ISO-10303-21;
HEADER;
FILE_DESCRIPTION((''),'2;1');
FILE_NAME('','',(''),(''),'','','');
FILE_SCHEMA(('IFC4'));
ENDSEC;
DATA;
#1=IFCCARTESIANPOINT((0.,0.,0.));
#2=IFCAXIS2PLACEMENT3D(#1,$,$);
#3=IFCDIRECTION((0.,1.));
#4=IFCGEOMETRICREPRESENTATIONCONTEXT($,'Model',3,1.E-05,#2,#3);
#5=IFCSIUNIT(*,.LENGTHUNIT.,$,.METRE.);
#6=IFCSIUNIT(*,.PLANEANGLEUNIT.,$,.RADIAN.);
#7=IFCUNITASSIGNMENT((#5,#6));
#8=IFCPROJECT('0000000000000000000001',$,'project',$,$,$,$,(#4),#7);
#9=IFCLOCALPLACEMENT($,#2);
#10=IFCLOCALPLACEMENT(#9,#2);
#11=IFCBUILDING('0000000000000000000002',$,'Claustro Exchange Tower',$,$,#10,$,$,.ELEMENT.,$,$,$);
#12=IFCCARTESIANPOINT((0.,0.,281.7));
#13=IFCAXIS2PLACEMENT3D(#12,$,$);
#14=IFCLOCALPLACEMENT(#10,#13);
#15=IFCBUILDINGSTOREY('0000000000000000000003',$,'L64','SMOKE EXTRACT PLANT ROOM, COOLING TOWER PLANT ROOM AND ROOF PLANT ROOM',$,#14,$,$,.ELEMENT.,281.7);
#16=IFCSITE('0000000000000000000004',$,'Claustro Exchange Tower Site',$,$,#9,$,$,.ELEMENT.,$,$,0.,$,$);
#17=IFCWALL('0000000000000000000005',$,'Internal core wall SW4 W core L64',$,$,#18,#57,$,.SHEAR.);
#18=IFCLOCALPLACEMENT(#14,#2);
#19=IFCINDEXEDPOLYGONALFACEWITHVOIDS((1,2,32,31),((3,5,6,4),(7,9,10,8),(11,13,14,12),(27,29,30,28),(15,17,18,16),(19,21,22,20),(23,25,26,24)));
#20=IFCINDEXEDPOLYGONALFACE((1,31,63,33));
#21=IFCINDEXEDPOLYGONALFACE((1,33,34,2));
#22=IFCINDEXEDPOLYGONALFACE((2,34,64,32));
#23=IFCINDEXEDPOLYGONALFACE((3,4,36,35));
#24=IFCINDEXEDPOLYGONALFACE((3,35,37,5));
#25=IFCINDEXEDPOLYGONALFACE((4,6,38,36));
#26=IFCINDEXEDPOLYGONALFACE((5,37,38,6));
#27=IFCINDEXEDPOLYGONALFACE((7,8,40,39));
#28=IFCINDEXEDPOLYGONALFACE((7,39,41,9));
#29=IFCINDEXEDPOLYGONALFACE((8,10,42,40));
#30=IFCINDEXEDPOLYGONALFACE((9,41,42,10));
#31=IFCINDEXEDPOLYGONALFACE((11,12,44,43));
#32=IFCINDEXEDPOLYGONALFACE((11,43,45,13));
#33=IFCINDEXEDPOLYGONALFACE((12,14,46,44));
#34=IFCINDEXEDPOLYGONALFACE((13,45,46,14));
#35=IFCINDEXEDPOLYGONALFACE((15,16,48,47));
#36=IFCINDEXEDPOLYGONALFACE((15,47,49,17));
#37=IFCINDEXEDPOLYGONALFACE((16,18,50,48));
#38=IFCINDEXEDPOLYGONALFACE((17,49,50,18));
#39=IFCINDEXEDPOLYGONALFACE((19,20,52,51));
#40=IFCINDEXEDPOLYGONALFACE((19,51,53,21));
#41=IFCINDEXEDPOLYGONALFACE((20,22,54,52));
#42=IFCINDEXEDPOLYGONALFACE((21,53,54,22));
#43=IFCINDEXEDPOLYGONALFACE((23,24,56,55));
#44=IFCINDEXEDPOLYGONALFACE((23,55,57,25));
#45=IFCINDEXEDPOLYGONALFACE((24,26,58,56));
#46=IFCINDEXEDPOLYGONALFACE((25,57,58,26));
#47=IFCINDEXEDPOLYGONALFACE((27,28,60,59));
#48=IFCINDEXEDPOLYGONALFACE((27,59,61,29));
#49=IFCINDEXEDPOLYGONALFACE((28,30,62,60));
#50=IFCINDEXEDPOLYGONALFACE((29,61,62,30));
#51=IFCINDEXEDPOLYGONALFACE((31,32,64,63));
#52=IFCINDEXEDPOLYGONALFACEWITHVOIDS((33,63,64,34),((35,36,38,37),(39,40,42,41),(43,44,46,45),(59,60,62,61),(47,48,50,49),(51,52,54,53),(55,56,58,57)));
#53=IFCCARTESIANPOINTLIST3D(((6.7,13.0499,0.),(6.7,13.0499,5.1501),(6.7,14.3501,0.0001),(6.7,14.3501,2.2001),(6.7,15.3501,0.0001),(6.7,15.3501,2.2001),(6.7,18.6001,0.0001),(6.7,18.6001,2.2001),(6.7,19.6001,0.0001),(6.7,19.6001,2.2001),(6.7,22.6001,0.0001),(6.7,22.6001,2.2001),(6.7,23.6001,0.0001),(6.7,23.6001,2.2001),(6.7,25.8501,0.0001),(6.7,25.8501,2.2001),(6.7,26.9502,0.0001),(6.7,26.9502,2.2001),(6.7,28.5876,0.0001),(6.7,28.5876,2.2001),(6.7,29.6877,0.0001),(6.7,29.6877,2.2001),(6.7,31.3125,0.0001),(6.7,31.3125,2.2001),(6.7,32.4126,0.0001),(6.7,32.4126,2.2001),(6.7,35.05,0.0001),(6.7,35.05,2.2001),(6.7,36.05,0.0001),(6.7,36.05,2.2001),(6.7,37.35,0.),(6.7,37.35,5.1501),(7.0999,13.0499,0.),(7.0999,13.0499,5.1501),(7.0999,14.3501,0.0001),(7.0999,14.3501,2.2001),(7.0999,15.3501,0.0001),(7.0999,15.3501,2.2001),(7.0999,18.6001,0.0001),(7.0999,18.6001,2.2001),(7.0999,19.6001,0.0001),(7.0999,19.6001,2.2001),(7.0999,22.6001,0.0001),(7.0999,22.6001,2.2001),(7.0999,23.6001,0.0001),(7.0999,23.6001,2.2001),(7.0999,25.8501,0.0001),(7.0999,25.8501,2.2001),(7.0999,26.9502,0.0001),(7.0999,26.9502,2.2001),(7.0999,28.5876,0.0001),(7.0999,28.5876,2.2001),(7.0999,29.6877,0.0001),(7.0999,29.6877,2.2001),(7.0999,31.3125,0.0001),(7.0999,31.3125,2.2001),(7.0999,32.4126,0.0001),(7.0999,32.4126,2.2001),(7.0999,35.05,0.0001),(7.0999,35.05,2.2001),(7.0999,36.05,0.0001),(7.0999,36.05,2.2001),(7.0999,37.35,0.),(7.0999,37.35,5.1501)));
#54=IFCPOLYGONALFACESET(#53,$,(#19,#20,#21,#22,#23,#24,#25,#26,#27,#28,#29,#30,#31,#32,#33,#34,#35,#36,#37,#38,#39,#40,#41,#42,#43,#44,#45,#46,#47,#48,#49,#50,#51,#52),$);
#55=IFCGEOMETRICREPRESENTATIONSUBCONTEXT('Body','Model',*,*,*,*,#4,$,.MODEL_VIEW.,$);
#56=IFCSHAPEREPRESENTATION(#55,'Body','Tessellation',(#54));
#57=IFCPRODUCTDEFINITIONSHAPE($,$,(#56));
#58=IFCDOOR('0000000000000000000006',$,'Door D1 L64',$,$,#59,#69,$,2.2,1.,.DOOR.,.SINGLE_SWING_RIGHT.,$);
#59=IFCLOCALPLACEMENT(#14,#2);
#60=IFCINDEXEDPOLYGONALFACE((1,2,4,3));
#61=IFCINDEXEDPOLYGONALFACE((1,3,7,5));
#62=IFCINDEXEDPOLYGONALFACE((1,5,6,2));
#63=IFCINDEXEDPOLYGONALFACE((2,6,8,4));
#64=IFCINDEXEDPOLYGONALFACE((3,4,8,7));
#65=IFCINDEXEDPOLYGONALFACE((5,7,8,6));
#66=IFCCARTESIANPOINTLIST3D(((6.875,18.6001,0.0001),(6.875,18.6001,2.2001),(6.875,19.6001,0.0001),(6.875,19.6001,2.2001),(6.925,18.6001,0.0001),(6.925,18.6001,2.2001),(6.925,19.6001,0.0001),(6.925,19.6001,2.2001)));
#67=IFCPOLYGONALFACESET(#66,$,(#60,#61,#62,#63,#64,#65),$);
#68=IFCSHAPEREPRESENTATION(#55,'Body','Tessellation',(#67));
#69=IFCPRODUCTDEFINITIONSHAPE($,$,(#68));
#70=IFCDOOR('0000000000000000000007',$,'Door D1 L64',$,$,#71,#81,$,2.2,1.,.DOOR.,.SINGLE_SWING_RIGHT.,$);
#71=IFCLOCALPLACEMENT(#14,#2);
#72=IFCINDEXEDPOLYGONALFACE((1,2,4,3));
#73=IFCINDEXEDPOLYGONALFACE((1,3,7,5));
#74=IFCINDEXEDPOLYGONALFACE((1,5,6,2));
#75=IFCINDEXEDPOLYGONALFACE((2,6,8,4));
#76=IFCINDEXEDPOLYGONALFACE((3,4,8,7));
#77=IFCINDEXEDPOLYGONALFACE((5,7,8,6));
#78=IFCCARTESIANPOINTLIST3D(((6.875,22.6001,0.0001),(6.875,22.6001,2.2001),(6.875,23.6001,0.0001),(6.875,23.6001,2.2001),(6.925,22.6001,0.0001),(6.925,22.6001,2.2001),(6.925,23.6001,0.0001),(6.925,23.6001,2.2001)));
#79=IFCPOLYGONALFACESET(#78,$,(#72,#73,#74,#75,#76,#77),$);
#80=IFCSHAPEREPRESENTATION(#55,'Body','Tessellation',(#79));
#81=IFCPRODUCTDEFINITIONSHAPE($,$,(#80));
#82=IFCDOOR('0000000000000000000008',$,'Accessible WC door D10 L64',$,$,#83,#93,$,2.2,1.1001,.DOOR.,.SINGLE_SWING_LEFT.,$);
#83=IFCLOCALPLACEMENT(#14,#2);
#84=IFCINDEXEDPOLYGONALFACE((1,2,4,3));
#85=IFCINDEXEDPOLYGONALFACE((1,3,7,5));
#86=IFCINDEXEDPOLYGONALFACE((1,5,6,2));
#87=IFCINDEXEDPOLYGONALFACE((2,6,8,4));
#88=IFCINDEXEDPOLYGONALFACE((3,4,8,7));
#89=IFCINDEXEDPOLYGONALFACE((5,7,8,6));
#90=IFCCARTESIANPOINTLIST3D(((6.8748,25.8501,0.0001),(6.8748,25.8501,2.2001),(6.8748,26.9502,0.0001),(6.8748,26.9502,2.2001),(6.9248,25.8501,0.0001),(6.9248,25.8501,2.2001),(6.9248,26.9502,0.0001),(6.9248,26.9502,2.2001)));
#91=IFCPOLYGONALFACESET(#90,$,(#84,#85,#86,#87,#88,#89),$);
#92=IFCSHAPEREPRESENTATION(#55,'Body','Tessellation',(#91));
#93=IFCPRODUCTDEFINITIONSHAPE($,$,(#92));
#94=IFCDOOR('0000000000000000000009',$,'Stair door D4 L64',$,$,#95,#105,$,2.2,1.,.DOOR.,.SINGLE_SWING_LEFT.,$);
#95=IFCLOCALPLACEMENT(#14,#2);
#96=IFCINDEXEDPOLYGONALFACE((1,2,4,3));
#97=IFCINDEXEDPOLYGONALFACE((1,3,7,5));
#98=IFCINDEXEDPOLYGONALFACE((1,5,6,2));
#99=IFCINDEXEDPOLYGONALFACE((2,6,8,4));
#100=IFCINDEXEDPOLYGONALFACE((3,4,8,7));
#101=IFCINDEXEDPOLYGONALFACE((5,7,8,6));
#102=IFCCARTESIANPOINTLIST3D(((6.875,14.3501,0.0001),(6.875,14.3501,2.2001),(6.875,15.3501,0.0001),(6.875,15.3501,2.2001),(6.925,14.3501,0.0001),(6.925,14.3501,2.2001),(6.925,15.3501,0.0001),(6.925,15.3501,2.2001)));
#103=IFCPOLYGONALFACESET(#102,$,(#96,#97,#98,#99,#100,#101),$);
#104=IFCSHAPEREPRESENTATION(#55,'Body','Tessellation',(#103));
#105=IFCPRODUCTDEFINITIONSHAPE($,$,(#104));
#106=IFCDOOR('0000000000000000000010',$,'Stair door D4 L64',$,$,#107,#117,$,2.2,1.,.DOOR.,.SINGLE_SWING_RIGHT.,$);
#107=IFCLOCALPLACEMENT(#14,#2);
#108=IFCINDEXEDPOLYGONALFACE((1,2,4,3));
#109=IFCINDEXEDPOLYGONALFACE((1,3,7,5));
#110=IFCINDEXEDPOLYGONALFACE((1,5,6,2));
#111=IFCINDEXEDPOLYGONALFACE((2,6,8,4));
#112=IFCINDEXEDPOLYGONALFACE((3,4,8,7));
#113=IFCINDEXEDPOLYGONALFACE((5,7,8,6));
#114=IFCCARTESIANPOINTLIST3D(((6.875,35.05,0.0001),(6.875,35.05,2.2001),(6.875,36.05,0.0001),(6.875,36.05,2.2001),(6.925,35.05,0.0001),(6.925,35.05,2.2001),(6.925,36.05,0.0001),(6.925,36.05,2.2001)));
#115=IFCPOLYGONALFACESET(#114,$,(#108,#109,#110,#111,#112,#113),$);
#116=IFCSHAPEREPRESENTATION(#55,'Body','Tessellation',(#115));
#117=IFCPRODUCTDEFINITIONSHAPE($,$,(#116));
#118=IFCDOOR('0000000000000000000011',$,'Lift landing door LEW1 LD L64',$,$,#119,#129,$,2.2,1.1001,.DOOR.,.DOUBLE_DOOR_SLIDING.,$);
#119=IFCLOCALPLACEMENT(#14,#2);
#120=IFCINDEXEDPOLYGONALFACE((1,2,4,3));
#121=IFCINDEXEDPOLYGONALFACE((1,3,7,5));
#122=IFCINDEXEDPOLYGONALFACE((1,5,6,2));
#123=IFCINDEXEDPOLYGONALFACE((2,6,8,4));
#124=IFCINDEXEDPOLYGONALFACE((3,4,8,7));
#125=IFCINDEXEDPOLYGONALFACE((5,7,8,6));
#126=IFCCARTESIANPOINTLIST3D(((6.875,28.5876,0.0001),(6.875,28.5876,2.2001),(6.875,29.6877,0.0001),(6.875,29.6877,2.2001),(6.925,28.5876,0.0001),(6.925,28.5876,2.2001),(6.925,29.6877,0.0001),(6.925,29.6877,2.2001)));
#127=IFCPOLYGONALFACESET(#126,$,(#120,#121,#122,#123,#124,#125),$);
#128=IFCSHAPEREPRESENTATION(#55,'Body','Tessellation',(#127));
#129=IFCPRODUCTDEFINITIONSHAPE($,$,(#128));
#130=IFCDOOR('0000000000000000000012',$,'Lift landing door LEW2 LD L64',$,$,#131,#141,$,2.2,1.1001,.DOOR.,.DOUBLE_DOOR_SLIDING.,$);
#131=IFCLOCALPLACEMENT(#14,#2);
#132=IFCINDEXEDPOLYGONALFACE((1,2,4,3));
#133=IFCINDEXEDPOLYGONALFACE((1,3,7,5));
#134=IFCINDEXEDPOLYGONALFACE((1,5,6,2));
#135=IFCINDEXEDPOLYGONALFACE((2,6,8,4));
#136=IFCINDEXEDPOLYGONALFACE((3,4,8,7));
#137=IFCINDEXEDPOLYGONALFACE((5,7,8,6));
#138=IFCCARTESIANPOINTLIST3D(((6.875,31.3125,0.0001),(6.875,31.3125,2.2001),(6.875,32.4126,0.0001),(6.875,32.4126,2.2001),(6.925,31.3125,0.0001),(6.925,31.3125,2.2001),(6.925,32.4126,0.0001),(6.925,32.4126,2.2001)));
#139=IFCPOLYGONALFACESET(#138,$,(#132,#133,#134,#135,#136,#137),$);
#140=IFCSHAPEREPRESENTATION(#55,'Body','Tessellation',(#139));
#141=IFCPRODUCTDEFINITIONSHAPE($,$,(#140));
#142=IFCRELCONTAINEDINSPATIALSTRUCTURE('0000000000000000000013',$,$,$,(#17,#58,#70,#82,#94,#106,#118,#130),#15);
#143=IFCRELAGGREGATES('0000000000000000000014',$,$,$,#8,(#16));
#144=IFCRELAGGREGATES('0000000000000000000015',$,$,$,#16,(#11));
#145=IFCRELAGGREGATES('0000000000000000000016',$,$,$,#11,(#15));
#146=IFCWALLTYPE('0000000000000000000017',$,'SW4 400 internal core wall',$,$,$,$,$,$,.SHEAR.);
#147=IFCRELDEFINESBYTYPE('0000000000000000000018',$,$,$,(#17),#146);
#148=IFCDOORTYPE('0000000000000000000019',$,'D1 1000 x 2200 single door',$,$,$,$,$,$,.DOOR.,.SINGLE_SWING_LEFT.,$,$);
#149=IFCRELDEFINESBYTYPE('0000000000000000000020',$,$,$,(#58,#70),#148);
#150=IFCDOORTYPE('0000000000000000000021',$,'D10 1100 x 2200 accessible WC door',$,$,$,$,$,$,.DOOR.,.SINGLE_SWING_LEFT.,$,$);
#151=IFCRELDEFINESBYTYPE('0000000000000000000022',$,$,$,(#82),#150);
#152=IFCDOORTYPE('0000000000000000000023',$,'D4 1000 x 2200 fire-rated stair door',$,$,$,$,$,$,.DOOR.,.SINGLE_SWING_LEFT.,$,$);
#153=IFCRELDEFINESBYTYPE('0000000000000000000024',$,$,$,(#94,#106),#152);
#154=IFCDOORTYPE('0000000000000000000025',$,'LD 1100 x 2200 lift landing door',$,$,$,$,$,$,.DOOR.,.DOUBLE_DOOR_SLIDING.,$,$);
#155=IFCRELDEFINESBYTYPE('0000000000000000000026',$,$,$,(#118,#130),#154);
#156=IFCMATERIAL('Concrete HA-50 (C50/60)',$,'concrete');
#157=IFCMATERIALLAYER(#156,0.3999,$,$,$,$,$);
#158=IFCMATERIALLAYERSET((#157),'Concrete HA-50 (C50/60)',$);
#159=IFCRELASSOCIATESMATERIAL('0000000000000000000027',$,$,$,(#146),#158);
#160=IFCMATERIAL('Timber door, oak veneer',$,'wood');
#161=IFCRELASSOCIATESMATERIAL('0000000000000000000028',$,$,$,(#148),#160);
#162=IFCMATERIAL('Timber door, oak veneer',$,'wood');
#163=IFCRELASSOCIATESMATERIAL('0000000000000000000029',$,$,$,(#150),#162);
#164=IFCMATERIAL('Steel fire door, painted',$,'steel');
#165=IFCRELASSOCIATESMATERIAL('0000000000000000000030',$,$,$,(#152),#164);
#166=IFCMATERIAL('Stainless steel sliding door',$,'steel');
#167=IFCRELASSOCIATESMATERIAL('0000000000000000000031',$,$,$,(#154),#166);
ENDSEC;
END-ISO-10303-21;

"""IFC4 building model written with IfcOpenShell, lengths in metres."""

from ifc_helpers import new_model, si_unit, direction, frame, frame_2d, origin, place, context, subcontext, project, spatial, rectangle, extrude, material, layer, layer_set, type_object, element, fill, save


model = new_model("IFC4")

# Units and contexts
model_context = context("Model", 3, precision=1e-05, world=origin(), true_north=direction((0.0, 1.0)))
body_context = subcontext(model_context, "Body", "Model", "MODEL_VIEW")
ifc_project = project(units=[si_unit("LENGTHUNIT", "METRE"), si_unit("PLANEANGLEUNIT", "RADIAN")], contexts=[model_context])

# Site, building, storey
site_placement = place(None, origin())
site = spatial("IfcSite", under=ifc_project, at=site_placement, Name="Claustro Exchange Tower Site", CompositionType="ELEMENT", RefElevation=0.0)
building_placement = place(site_placement, origin())
building = spatial("IfcBuilding", under=site, at=building_placement, Name="Claustro Exchange Tower", CompositionType="ELEMENT")
storey_placement = place(building_placement, frame((0.0, 0.0, 281.7)))
storey = spatial("IfcBuildingStorey", under=building, at=storey_placement, Name="L64", Description="SMOKE EXTRACT PLANT ROOM, COOLING TOWER PLANT ROOM AND ROOF PLANT ROOM", CompositionType="ELEMENT", Elevation=281.7)

# Wall, openings, doors
ifc_material_1 = material(Name="Concrete HA-50 (C50/60)", Category="concrete")
ifc_layer_1 = layer(ifc_material_1, 0.3999)
ifc_layer_set_1 = layer_set([ifc_layer_1], Name="Concrete HA-50 (C50/60)")
wall_type_1 = type_object("IfcWallType", Name="SW4 400 internal core wall", PredefinedType="SHEAR", material=ifc_layer_set_1)
wall_1_placement = place(storey_placement, frame((6.8999, 13.05, 0.0), z_axis=(0.0, 0.0, 1.0), x_axis=(0.0, 1.0, 0.0)))
wall_1 = element("IfcWall", 1, at=wall_1_placement, inside=storey, type_object=wall_type_1, Name="Internal core wall SW4 W core L64", PredefinedType="SHEAR", context=body_context, shape_type="SweptSolid", body=[
    extrude(rectangle(XDim=24.3, YDim=0.3999, at=frame_2d((12.1499, 0.0))), origin(), (0.0, 0.0, 1.0), 5.1501),
])
opening_1_placement = place(wall_1_placement, frame((1.3, 0.0, 0.0)))
opening_1 = element("IfcOpeningElement", 2, at=opening_1_placement, cuts=wall_1, PredefinedType="OPENING", context=body_context, shape_type="SweptSolid", body=[
    extrude(rectangle(XDim=1.0, YDim=2.2, at=frame_2d((0.5, 1.1001))), frame((0.0, 0.21, 0.0), z_axis=(0.0, -1.0, 0.0), x_axis=(1.0, 0.0, 0.0)), (0.0, 0.0, 1.0), 0.4199),
])
opening_2_placement = place(wall_1_placement, frame((22.0, 0.0, 0.0)))
opening_2 = element("IfcOpeningElement", 3, at=opening_2_placement, cuts=wall_1, PredefinedType="OPENING", context=body_context, shape_type="SweptSolid", body=[
    extrude(rectangle(XDim=1.0, YDim=2.2, at=frame_2d((0.5, 1.1001))), frame((0.0, 0.21, 0.0), z_axis=(0.0, -1.0, 0.0), x_axis=(1.0, 0.0, 0.0)), (0.0, 0.0, 1.0), 0.4199),
])
opening_3_placement = place(wall_1_placement, frame((5.55, 0.0, 0.0)))
opening_3 = element("IfcOpeningElement", 4, at=opening_3_placement, cuts=wall_1, PredefinedType="OPENING", context=body_context, shape_type="SweptSolid", body=[
    extrude(rectangle(XDim=1.0, YDim=2.2, at=frame_2d((0.5, 1.1001))), frame((0.0, 0.21, 0.0), z_axis=(0.0, -1.0, 0.0), x_axis=(1.0, 0.0, 0.0)), (0.0, 0.0, 1.0), 0.4199),
])
opening_4_placement = place(wall_1_placement, frame((9.55, 0.0, 0.0)))
opening_4 = element("IfcOpeningElement", 5, at=opening_4_placement, cuts=wall_1, PredefinedType="OPENING", context=body_context, shape_type="SweptSolid", body=[
    extrude(rectangle(XDim=1.0, YDim=2.2, at=frame_2d((0.5, 1.1001))), frame((0.0, 0.21, 0.0), z_axis=(0.0, -1.0, 0.0), x_axis=(1.0, 0.0, 0.0)), (0.0, 0.0, 1.0), 0.4199),
])
opening_5_placement = place(wall_1_placement, frame((12.8, 0.0, 0.0)))
opening_5 = element("IfcOpeningElement", 6, at=opening_5_placement, cuts=wall_1, PredefinedType="OPENING", context=body_context, shape_type="SweptSolid", body=[
    extrude(rectangle(XDim=1.1001, YDim=2.2, at=frame_2d((0.55, 1.1001))), frame((0.0, 0.21, 0.0), z_axis=(0.0, -1.0, 0.0), x_axis=(1.0, 0.0, 0.0)), (0.0, 0.0, 1.0), 0.4199),
])
opening_6_placement = place(wall_1_placement, frame((15.5376, 0.0, 0.0)))
opening_6 = element("IfcOpeningElement", 7, at=opening_6_placement, cuts=wall_1, PredefinedType="OPENING", context=body_context, shape_type="SweptSolid", body=[
    extrude(rectangle(XDim=1.1001, YDim=2.2, at=frame_2d((0.55, 1.1001))), frame((0.0, 0.21, 0.0), z_axis=(0.0, -1.0, 0.0), x_axis=(1.0, 0.0, 0.0)), (0.0, 0.0, 1.0), 0.4199),
])
opening_7_placement = place(wall_1_placement, frame((18.2625, 0.0, 0.0)))
opening_7 = element("IfcOpeningElement", 8, at=opening_7_placement, cuts=wall_1, PredefinedType="OPENING", context=body_context, shape_type="SweptSolid", body=[
    extrude(rectangle(XDim=1.1001, YDim=2.2, at=frame_2d((0.55, 1.1001))), frame((0.0, 0.21, 0.0), z_axis=(0.0, -1.0, 0.0), x_axis=(1.0, 0.0, 0.0)), (0.0, 0.0, 1.0), 0.4199),
])
ifc_material_2 = material(Name="Timber door, oak veneer", Category="wood")
door_type_1 = type_object("IfcDoorType", Name="D1 1000 x 2200 single door", OperationType="SINGLE_SWING_LEFT", PredefinedType="DOOR", material=ifc_material_2)
door_1_placement = place(opening_3_placement, origin())
door_1 = element("IfcDoor", 9, at=door_1_placement, inside=storey, type_object=door_type_1, Name="Door D1 L64", OperationType="SINGLE_SWING_RIGHT", OverallHeight=2.2, OverallWidth=1.0, PredefinedType="DOOR", context=body_context, shape_type="SweptSolid", body=[
    extrude(rectangle(XDim=1.0, YDim=2.2, at=frame_2d((0.5, 1.1001))), frame((0.0, 0.0249, 0.0), z_axis=(0.0, -1.0, 0.0), x_axis=(1.0, 0.0, 0.0)), (0.0, 0.0, 1.0), 0.05),
])
fill(opening_3, door_1)
door_2_placement = place(opening_4_placement, origin())
door_2 = element("IfcDoor", 10, at=door_2_placement, inside=storey, type_object=door_type_1, Name="Door D1 L64", OperationType="SINGLE_SWING_RIGHT", OverallHeight=2.2, OverallWidth=1.0, PredefinedType="DOOR", context=body_context, shape_type="SweptSolid", body=[
    extrude(rectangle(XDim=1.0, YDim=2.2, at=frame_2d((0.5, 1.1001))), frame((0.0, 0.0249, 0.0), z_axis=(0.0, -1.0, 0.0), x_axis=(1.0, 0.0, 0.0)), (0.0, 0.0, 1.0), 0.05),
])
fill(opening_4, door_2)
ifc_material_3 = material(Name="Timber door, oak veneer", Category="wood")
door_type_2 = type_object("IfcDoorType", Name="D10 1100 x 2200 accessible WC door", OperationType="SINGLE_SWING_LEFT", PredefinedType="DOOR", material=ifc_material_3)
door_3_placement = place(opening_5_placement, frame((1.1001, 0.0, 0.0), z_axis=(0.0, 0.0, 1.0), x_axis=(-1.0, 0.0, 0.0)))
door_3 = element("IfcDoor", 11, at=door_3_placement, inside=storey, type_object=door_type_2, Name="Accessible WC door D10 L64", OperationType="SINGLE_SWING_LEFT", OverallHeight=2.2, OverallWidth=1.1001, PredefinedType="DOOR", context=body_context, shape_type="SweptSolid", body=[
    extrude(rectangle(XDim=1.1001, YDim=2.2, at=frame_2d((0.55, 1.1001))), frame((0.0, 0.0249, 0.0), z_axis=(0.0, -1.0, 0.0), x_axis=(1.0, 0.0, 0.0)), (0.0, 0.0, 1.0), 0.05),
])
fill(opening_5, door_3)
ifc_material_4 = material(Name="Steel fire door, painted", Category="steel")
door_type_3 = type_object("IfcDoorType", Name="D4 1000 x 2200 fire-rated stair door", OperationType="SINGLE_SWING_LEFT", PredefinedType="DOOR", material=ifc_material_4)
door_4_placement = place(opening_1_placement, origin())
door_4 = element("IfcDoor", 12, at=door_4_placement, inside=storey, type_object=door_type_3, Name="Stair door D4 L64", OperationType="SINGLE_SWING_LEFT", OverallHeight=2.2, OverallWidth=1.0, PredefinedType="DOOR", context=body_context, shape_type="SweptSolid", body=[
    extrude(rectangle(XDim=1.0, YDim=2.2, at=frame_2d((0.5, 1.1001))), frame((0.0, 0.0249, 0.0), z_axis=(0.0, -1.0, 0.0), x_axis=(1.0, 0.0, 0.0)), (0.0, 0.0, 1.0), 0.05),
])
fill(opening_1, door_4)
door_5_placement = place(opening_2_placement, origin())
door_5 = element("IfcDoor", 13, at=door_5_placement, inside=storey, type_object=door_type_3, Name="Stair door D4 L64", OperationType="SINGLE_SWING_RIGHT", OverallHeight=2.2, OverallWidth=1.0, PredefinedType="DOOR", context=body_context, shape_type="SweptSolid", body=[
    extrude(rectangle(XDim=1.0, YDim=2.2, at=frame_2d((0.5, 1.1001))), frame((0.0, 0.0249, 0.0), z_axis=(0.0, -1.0, 0.0), x_axis=(1.0, 0.0, 0.0)), (0.0, 0.0, 1.0), 0.05),
])
fill(opening_2, door_5)
ifc_material_5 = material(Name="Stainless steel sliding door", Category="steel")
door_type_4 = type_object("IfcDoorType", Name="LD 1100 x 2200 lift landing door", OperationType="DOUBLE_DOOR_SLIDING", PredefinedType="DOOR", material=ifc_material_5)
door_6_placement = place(opening_6_placement, origin())
door_6 = element("IfcDoor", 14, at=door_6_placement, inside=storey, type_object=door_type_4, Name="Lift landing door LEW1 LD L64", OperationType="DOUBLE_DOOR_SLIDING", OverallHeight=2.2, OverallWidth=1.1001, PredefinedType="DOOR", context=body_context, shape_type="SweptSolid", body=[
    extrude(rectangle(XDim=1.1001, YDim=2.2, at=frame_2d((0.55, 1.1001))), frame((0.0, 0.0249, 0.0), z_axis=(0.0, -1.0, 0.0), x_axis=(1.0, 0.0, 0.0)), (0.0, 0.0, 1.0), 0.05),
])
fill(opening_6, door_6)
door_7_placement = place(opening_7_placement, origin())
door_7 = element("IfcDoor", 15, at=door_7_placement, inside=storey, type_object=door_type_4, Name="Lift landing door LEW2 LD L64", OperationType="DOUBLE_DOOR_SLIDING", OverallHeight=2.2, OverallWidth=1.1001, PredefinedType="DOOR", context=body_context, shape_type="SweptSolid", body=[
    extrude(rectangle(XDim=1.1001, YDim=2.2, at=frame_2d((0.55, 1.1001))), frame((0.0, 0.0249, 0.0), z_axis=(0.0, -1.0, 0.0), x_axis=(1.0, 0.0, 0.0)), (0.0, 0.0, 1.0), 0.05),
])
fill(opening_7, door_7)

save(model, "model.ifc")
